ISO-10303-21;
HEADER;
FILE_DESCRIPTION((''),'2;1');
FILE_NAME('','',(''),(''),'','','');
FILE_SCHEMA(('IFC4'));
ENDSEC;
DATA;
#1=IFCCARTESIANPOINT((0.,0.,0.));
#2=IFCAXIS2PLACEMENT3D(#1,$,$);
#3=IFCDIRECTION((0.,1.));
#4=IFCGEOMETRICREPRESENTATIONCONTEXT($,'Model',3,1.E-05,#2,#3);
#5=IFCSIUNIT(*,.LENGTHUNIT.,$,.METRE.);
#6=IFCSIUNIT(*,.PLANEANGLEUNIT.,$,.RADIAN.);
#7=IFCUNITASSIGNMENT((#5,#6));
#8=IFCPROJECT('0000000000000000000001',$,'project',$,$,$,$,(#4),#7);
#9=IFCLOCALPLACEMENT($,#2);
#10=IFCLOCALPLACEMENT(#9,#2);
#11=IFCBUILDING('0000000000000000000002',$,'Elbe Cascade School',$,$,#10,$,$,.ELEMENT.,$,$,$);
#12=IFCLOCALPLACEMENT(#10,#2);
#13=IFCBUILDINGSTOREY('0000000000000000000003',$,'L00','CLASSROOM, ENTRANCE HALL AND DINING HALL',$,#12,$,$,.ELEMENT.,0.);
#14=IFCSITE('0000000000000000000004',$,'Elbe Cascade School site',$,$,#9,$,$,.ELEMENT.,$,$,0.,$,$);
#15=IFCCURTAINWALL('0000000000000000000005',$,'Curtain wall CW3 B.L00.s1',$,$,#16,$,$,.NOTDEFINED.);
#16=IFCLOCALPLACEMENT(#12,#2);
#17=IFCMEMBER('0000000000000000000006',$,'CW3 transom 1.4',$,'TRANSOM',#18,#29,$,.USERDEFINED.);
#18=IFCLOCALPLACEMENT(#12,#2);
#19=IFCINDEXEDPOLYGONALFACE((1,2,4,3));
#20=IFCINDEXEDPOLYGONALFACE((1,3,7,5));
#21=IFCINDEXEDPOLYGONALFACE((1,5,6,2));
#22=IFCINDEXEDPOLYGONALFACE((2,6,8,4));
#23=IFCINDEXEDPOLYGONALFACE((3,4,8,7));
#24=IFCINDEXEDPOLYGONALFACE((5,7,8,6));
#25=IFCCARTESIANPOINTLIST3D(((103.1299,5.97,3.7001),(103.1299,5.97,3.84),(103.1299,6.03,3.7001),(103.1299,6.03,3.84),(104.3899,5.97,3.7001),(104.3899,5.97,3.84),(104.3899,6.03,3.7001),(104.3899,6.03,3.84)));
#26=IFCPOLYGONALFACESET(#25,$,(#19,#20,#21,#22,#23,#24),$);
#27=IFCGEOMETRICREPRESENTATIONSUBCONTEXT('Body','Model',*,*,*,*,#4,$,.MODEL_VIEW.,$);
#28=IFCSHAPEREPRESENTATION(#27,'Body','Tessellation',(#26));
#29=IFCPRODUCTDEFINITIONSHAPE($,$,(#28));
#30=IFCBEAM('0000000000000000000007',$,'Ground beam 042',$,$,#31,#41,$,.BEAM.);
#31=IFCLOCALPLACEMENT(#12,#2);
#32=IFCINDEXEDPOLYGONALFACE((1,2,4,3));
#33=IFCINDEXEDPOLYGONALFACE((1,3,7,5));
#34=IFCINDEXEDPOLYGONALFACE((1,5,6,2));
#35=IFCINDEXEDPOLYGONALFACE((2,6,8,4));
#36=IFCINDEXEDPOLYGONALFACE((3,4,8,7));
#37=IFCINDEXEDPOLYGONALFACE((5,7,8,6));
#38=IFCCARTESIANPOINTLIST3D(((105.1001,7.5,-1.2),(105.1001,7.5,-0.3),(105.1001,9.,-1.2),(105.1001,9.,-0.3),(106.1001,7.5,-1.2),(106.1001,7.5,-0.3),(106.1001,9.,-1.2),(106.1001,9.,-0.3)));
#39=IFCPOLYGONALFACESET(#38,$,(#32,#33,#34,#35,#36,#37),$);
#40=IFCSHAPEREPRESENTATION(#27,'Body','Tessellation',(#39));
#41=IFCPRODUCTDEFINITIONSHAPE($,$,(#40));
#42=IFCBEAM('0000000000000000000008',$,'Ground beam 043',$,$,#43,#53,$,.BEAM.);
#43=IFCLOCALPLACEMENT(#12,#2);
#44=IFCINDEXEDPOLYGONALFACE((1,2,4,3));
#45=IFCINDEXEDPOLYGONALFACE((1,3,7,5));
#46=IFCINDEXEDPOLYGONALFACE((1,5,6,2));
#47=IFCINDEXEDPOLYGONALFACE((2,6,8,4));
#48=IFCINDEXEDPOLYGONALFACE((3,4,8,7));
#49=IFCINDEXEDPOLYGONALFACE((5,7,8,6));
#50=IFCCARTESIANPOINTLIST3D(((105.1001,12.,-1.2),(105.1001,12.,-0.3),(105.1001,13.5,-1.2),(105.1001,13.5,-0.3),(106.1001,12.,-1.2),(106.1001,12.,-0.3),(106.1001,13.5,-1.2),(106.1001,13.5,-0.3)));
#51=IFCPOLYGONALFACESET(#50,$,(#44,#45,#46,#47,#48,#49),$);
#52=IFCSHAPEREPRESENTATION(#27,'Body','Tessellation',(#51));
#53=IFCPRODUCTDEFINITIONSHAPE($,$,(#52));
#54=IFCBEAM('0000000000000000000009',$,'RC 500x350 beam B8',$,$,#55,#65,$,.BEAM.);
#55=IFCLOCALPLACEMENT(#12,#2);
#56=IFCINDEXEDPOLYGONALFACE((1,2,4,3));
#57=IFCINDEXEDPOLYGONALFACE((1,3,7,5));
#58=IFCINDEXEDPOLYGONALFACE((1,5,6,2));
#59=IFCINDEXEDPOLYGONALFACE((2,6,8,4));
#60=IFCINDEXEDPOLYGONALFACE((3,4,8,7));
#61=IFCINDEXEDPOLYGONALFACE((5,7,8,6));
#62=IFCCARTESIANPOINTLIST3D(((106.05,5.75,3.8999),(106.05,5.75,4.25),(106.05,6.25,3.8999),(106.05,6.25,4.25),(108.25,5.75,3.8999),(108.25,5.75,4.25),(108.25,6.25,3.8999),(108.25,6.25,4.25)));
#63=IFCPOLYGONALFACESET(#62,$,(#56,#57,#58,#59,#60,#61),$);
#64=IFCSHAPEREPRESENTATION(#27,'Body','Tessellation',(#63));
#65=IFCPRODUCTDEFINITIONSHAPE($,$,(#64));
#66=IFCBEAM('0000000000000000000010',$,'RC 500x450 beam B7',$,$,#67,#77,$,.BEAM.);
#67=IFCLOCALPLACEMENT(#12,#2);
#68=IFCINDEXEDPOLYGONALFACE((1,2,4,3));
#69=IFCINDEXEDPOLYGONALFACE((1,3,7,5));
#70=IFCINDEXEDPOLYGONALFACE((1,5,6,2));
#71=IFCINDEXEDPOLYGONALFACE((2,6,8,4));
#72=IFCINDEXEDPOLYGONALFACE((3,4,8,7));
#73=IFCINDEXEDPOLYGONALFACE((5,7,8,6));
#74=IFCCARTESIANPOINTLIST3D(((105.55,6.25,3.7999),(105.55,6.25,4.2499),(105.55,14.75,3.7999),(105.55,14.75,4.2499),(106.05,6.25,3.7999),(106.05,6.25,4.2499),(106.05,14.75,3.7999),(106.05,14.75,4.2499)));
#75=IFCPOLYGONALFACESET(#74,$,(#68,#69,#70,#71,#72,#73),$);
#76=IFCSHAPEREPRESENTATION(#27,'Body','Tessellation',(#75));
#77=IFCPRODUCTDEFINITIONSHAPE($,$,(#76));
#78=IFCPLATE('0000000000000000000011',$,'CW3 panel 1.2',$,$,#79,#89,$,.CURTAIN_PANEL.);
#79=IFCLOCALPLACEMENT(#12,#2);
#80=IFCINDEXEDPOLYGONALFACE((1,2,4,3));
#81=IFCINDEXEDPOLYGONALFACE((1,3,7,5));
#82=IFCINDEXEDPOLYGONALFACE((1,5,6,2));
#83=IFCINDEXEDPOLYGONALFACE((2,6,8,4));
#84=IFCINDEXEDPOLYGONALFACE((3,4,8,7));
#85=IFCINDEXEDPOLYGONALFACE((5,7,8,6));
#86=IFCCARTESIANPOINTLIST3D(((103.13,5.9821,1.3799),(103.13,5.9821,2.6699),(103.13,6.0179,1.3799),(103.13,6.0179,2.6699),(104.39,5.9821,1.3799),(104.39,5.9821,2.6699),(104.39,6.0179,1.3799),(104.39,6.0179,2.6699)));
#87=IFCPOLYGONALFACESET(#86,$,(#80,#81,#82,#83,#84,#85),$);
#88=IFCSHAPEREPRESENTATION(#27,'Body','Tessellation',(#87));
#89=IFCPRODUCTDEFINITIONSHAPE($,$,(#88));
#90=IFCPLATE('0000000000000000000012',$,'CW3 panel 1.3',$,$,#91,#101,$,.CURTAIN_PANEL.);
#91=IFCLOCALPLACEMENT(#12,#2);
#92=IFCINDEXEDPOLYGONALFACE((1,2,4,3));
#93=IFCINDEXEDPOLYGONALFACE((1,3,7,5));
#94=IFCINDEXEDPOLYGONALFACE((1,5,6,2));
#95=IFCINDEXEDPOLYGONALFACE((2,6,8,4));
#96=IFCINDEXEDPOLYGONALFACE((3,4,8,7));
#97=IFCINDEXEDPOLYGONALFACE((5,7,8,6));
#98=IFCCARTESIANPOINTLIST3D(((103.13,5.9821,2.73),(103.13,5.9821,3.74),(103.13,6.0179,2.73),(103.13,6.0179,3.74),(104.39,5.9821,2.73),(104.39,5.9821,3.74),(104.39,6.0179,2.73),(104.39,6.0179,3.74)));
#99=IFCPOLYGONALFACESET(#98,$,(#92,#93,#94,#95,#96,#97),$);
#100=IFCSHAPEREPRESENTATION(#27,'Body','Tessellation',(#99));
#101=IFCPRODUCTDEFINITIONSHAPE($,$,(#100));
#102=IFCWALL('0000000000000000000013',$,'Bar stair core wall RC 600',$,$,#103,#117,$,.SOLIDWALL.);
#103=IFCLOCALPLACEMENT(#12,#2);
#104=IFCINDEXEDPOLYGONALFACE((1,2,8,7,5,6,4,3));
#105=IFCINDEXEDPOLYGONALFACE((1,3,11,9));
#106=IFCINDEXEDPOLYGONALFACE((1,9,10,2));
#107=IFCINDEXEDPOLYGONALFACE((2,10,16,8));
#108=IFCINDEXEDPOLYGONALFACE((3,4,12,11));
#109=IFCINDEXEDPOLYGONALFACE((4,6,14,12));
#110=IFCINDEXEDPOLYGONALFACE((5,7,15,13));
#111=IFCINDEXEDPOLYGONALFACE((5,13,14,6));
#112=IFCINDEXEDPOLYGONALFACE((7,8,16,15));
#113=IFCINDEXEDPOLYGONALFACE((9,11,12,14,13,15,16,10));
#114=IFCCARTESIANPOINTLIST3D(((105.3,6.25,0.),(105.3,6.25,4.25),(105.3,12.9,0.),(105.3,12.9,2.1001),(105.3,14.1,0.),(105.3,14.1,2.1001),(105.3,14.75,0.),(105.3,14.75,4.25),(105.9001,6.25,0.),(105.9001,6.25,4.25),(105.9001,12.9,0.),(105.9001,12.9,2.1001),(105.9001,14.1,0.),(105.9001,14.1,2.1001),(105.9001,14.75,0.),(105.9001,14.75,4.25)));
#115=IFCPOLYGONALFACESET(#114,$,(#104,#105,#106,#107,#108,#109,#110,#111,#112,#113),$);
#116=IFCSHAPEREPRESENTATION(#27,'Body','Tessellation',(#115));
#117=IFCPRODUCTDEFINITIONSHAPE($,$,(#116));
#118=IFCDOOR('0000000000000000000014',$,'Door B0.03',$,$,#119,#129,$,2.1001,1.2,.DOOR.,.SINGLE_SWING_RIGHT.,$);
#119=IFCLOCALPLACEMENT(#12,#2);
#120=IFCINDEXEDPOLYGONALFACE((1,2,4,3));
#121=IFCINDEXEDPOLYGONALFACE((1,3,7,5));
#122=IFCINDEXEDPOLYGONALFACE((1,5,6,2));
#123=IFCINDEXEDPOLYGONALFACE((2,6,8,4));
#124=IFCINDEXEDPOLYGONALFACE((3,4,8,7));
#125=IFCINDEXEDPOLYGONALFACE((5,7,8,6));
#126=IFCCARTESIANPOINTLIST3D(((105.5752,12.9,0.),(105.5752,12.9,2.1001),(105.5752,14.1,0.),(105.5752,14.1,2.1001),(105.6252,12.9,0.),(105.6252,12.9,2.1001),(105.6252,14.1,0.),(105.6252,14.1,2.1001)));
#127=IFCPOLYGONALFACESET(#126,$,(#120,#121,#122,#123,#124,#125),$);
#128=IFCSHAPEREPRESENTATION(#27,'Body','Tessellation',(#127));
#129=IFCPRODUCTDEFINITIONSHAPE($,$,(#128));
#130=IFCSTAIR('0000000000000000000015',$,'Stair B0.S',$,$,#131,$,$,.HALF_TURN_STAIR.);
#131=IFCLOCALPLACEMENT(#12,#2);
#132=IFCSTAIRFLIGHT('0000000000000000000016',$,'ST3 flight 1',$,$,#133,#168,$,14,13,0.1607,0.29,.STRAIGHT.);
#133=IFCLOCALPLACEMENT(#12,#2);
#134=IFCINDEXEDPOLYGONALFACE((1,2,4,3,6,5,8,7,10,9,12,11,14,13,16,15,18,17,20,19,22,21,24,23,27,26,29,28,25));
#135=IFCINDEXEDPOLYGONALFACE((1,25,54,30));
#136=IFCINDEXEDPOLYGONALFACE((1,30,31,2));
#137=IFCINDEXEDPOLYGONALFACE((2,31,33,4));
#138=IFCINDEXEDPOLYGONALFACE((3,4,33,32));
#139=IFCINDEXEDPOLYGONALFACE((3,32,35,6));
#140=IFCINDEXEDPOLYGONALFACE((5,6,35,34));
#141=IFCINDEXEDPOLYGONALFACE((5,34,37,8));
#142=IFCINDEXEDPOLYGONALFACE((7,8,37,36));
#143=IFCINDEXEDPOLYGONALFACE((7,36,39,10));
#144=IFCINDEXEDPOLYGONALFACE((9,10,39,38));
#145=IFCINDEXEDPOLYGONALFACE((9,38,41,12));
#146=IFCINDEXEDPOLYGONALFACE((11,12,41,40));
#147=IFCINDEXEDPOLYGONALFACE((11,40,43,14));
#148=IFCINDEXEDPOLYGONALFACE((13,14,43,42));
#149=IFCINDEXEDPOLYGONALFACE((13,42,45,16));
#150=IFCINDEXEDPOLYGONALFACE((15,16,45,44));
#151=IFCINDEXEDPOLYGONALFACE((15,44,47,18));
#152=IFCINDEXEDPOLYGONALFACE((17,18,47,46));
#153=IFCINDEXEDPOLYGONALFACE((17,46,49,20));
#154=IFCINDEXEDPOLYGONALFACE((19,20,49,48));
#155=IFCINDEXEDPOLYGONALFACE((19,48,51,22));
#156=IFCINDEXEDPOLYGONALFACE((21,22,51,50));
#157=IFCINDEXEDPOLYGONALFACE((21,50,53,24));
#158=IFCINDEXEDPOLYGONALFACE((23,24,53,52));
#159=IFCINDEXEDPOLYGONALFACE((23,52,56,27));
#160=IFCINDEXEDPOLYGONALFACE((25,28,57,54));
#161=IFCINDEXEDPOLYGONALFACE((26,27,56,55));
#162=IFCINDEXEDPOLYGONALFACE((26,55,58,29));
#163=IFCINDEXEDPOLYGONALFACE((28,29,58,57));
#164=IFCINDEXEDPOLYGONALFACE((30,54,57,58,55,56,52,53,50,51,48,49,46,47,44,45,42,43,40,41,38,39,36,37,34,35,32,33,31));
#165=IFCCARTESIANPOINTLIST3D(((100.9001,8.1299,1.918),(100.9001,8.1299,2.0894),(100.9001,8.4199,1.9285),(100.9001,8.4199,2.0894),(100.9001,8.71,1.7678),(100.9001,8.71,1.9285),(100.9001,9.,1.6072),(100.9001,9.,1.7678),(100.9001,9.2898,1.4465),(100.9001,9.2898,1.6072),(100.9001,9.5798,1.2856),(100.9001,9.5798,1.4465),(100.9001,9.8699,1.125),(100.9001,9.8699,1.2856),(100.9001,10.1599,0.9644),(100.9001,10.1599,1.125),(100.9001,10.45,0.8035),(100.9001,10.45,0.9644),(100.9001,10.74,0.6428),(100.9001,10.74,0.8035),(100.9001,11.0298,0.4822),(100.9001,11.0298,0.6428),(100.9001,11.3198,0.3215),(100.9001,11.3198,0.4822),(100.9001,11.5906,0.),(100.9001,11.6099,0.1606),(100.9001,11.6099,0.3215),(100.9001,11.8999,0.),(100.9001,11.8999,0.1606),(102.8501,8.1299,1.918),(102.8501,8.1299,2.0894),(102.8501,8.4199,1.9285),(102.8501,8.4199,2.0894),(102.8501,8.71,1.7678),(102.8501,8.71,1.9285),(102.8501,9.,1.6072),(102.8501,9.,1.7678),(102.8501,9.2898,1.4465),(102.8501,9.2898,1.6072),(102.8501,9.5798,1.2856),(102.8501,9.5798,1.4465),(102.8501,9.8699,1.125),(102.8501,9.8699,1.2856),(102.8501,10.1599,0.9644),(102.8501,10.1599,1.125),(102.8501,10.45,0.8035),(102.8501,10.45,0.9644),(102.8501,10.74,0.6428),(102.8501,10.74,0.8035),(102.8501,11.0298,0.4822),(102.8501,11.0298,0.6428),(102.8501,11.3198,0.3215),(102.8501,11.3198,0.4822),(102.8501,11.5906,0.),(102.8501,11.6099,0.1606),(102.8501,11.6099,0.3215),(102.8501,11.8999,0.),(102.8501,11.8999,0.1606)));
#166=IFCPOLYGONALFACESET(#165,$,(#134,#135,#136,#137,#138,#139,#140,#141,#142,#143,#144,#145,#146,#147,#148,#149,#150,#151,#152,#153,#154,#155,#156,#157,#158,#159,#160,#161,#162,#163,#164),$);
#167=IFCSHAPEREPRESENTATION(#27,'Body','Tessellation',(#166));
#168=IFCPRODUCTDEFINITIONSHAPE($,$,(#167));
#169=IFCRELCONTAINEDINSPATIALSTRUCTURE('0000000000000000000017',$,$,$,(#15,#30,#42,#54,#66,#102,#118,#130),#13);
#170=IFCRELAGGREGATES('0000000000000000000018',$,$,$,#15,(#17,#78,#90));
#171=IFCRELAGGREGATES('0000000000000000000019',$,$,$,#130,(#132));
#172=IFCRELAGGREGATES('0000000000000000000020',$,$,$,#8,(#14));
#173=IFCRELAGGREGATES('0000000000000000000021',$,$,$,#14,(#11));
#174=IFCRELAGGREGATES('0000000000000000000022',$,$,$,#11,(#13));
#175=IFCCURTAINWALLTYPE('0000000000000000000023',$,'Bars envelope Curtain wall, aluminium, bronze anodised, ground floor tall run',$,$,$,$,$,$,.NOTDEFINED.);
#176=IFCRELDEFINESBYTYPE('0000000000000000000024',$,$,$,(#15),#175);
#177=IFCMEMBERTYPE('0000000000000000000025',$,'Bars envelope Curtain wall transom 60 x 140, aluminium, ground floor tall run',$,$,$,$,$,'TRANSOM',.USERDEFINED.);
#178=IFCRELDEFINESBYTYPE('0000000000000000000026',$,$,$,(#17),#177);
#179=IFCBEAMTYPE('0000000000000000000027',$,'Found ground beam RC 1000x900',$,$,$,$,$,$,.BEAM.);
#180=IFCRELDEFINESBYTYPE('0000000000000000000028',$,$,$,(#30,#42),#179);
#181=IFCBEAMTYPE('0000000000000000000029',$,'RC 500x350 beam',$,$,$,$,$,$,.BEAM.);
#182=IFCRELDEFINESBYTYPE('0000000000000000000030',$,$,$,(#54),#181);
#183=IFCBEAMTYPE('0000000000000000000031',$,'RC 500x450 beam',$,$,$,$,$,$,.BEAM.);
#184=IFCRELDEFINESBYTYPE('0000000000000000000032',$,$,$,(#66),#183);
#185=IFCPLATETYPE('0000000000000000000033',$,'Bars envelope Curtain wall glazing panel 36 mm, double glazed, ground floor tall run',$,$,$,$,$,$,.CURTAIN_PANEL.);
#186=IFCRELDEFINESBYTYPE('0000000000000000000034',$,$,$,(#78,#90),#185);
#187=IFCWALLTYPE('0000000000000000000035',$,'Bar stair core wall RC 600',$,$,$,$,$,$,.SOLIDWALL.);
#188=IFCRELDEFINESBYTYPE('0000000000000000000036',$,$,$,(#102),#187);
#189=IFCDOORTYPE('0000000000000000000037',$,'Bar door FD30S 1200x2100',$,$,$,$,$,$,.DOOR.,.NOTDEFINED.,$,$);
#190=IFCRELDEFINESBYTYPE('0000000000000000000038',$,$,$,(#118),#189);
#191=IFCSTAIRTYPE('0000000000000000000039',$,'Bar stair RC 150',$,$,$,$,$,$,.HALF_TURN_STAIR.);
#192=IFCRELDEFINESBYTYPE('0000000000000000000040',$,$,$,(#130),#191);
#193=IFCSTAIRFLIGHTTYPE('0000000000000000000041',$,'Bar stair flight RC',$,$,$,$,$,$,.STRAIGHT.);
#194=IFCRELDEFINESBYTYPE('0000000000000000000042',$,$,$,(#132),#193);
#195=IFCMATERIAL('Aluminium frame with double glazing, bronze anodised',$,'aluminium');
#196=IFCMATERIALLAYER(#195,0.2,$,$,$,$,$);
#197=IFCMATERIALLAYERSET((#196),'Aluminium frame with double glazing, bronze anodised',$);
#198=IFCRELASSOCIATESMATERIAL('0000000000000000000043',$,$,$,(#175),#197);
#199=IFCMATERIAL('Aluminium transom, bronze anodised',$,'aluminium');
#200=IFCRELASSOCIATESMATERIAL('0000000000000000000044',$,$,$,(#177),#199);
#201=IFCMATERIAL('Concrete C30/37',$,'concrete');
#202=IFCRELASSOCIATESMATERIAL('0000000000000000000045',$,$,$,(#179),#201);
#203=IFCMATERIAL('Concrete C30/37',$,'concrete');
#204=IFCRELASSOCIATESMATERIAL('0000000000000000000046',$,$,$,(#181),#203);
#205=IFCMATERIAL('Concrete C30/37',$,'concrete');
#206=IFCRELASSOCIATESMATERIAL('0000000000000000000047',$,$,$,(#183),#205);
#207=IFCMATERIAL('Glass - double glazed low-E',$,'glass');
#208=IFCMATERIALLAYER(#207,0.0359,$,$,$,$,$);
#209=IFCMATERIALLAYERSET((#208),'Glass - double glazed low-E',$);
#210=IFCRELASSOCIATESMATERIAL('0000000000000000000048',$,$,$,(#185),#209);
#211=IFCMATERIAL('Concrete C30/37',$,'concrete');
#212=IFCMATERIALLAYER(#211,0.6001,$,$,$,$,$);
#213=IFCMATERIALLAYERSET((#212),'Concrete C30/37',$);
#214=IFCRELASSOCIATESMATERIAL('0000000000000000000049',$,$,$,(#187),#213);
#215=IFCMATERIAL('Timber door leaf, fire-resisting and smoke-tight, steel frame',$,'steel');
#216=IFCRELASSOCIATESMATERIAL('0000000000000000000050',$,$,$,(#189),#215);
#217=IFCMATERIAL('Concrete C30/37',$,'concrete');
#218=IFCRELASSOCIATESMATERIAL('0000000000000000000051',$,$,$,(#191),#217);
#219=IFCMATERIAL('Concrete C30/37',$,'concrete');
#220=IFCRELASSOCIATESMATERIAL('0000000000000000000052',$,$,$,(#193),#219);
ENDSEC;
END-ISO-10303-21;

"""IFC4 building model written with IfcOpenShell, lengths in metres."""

from ifc_helpers import new_model, si_unit, direction, frame, frame_2d, origin, origin_2d, place, context, subcontext, project, spatial, polyline, rectangle, outline, extrude, material, layer, layer_set, material_profile, profile_set, type_object, element, fill, aggregate, save


model = new_model("IFC4")

# Units and contexts
model_context = context("Model", 3, precision=1e-05, world=origin(), true_north=direction((0.0, 1.0)))
body_context = subcontext(model_context, "Body", "Model", "MODEL_VIEW")
ifc_project = project(units=[si_unit("LENGTHUNIT", "METRE"), si_unit("PLANEANGLEUNIT", "RADIAN")], contexts=[model_context])

# Site, building, storey
site_placement = place(None, origin())
site = spatial("IfcSite", under=ifc_project, at=site_placement, Name="Elbe Cascade School site", CompositionType="ELEMENT", RefElevation=0.0)
building_placement = place(site_placement, origin())
building = spatial("IfcBuilding", under=site, at=building_placement, Name="Elbe Cascade School", CompositionType="ELEMENT")
storey_placement = place(building_placement, origin())
storey = spatial("IfcBuildingStorey", under=building, at=storey_placement, Name="L00", Description="CLASSROOM, ENTRANCE HALL AND DINING HALL", CompositionType="ELEMENT", Elevation=0.0)

# Curtain wall, member
ifc_material_1 = material(Name="Aluminium frame with double glazing, bronze anodised", Category="aluminium")
ifc_layer_1 = layer(ifc_material_1, 0.2)
ifc_layer_set_1 = layer_set([ifc_layer_1], Name="Aluminium frame with double glazing, bronze anodised")
curtain_wall_type = type_object("IfcCurtainWallType", Name="Bars envelope Curtain wall, aluminium, bronze anodised, ground floor tall run", PredefinedType="NOTDEFINED", material=ifc_layer_set_1)
curtain_wall_placement = place(storey_placement, origin())
curtain_wall = element("IfcCurtainWall", 1, at=curtain_wall_placement, inside=storey, type_object=curtain_wall_type, Name="Curtain wall CW3 B.L00.s1", PredefinedType="NOTDEFINED")
ifc_material_2 = material(Name="Aluminium transom, bronze anodised", Category="aluminium")
ifc_material_profile_1 = material_profile(ifc_material_2, rectangle(XDim=0.0601, YDim=0.1399, at=origin_2d()), Name="Bars envelope Curtain wall transom 60 x 140, aluminium, ground floor tall run")
ifc_profile_set_1 = profile_set([ifc_material_profile_1], Name="Aluminium transom, bronze anodised")
member_type_1 = type_object("IfcMemberType", Name="Bars envelope Curtain wall transom 60 x 140, aluminium, ground floor tall run", ElementType="TRANSOM", PredefinedType="USERDEFINED", material=ifc_profile_set_1)
member_1_placement = place(storey_placement, frame((104.3899, 6.0, 3.77), z_axis=(-1.0, 0.0, 0.0), x_axis=(0.0, -1.0, 0.0)))
member_1 = element("IfcMember", 2, at=member_1_placement, type_object=member_type_1, Name="CW3 transom 1.4", ObjectType="TRANSOM", PredefinedType="USERDEFINED", context=body_context, shape_type="SweptSolid", body=[
    extrude(rectangle(XDim=0.0601, YDim=0.1399, at=origin_2d()), origin(), (0.0, 0.0, 1.0), 1.26),
])

# Beams
ifc_material_3 = material(Name="Concrete C30/37", Category="concrete")
ifc_material_profile_2 = material_profile(ifc_material_3, rectangle(XDim=1.0, YDim=0.8999, at=origin_2d()), Name="RC 1000x900")
ifc_profile_set_2 = profile_set([ifc_material_profile_2], Name="Concrete C30/37")
beam_type_1 = type_object("IfcBeamType", Name="Found ground beam RC 1000x900", PredefinedType="BEAM", material=ifc_profile_set_2)
for number, where, z_axis, x_axis, name in (
    (3, (105.6001, 7.5, -0.75), (0.0, 1.0, 0.0), (-1.0, 0.0, 0.0), "Ground beam 042"),
    (4, (105.6001, 12.0, -0.75), (0.0, 1.0, 0.0), (-1.0, 0.0, 0.0), "Ground beam 043"),
):
    element("IfcBeam", number, at=place(storey_placement, frame(where, z_axis=z_axis, x_axis=x_axis)), inside=storey, type_object=beam_type_1, Name=name, PredefinedType="BEAM", context=body_context, shape_type="SweptSolid", body=[
        extrude(rectangle(XDim=1.0, YDim=0.8999, at=origin_2d()), origin(), (0.0, 0.0, 1.0), 1.5),
    ])
ifc_material_4 = material(Name="Concrete C30/37", Category="concrete")
ifc_material_profile_3 = material_profile(ifc_material_4, rectangle(XDim=0.5, YDim=0.3501, at=origin_2d()), Name="RC 500x350")
ifc_profile_set_3 = profile_set([ifc_material_profile_3], Name="Concrete C30/37")
beam_type_2 = type_object("IfcBeamType", Name="RC 500x350 beam", PredefinedType="BEAM", material=ifc_profile_set_3)
beam_1_placement = place(storey_placement, frame((106.05, 6.0, 4.075), z_axis=(1.0, 0.0, 0.0), x_axis=(0.0, 1.0, 0.0)))
element("IfcBeam", 5, at=beam_1_placement, inside=storey, type_object=beam_type_2, Name="RC 500x350 beam B8", PredefinedType="BEAM", context=body_context, shape_type="SweptSolid", body=[
    extrude(rectangle(XDim=0.5, YDim=0.3501, at=origin_2d()), origin(), (0.0, 0.0, 1.0), 2.2),
])
ifc_material_5 = material(Name="Concrete C30/37", Category="concrete")
ifc_material_profile_4 = material_profile(ifc_material_5, rectangle(XDim=0.5, YDim=0.45, at=origin_2d()), Name="RC 500x450")
ifc_profile_set_4 = profile_set([ifc_material_profile_4], Name="Concrete C30/37")
beam_type_3 = type_object("IfcBeamType", Name="RC 500x450 beam", PredefinedType="BEAM", material=ifc_profile_set_4)
beam_2_placement = place(storey_placement, frame((105.8, 6.25, 4.0249), z_axis=(0.0, 1.0, 0.0), x_axis=(-1.0, 0.0, 0.0)))
element("IfcBeam", 6, at=beam_2_placement, inside=storey, type_object=beam_type_3, Name="RC 500x450 beam B7", PredefinedType="BEAM", context=body_context, shape_type="SweptSolid", body=[
    extrude(rectangle(XDim=0.5, YDim=0.45, at=origin_2d()), origin(), (0.0, 0.0, 1.0), 8.5),
])

# Plates
ifc_material_6 = material(Name="Glass - double glazed low-E", Category="glass")
ifc_layer_2 = layer(ifc_material_6, 0.0359)
ifc_layer_set_2 = layer_set([ifc_layer_2], Name="Glass - double glazed low-E")
plate_type = type_object("IfcPlateType", Name="Bars envelope Curtain wall glazing panel 36 mm, double glazed, ground floor tall run", PredefinedType="CURTAIN_PANEL", material=ifc_layer_set_2)
plate_1_placement = place(storey_placement, frame((103.76, 6.0, 1.3799), z_axis=(0.0, 0.0, 1.0), x_axis=(-1.0, 0.0, 0.0)))
plate_1 = element("IfcPlate", 7, at=plate_1_placement, type_object=plate_type, Name="CW3 panel 1.2", PredefinedType="CURTAIN_PANEL", context=body_context, shape_type="SweptSolid", body=[
    extrude(rectangle(XDim=1.26, YDim=0.0359, at=origin_2d()), origin(), (0.0, 0.0, 1.0), 1.29),
])
plate_2_placement = place(storey_placement, frame((103.76, 6.0, 2.73), z_axis=(0.0, 0.0, 1.0), x_axis=(-1.0, 0.0, 0.0)))
plate_2 = element("IfcPlate", 8, at=plate_2_placement, type_object=plate_type, Name="CW3 panel 1.3", PredefinedType="CURTAIN_PANEL", context=body_context, shape_type="SweptSolid", body=[
    extrude(rectangle(XDim=1.26, YDim=0.0359, at=origin_2d()), origin(), (0.0, 0.0, 1.0), 1.01),
])
aggregate(curtain_wall, [member_1, plate_1, plate_2])

# Wall, opening, door
ifc_material_7 = material(Name="Concrete C30/37", Category="concrete")
ifc_layer_3 = layer(ifc_material_7, 0.6001)
ifc_layer_set_3 = layer_set([ifc_layer_3], Name="Concrete C30/37")
wall_type = type_object("IfcWallType", Name="Bar stair core wall RC 600", PredefinedType="SOLIDWALL", material=ifc_layer_set_3)
wall_placement = place(storey_placement, frame((105.6001, 6.25, 0.0), z_axis=(0.0, 0.0, 1.0), x_axis=(0.0, 1.0, 0.0)))
wall = element("IfcWall", 9, at=wall_placement, inside=storey, type_object=wall_type, Name="Bar stair core wall RC 600", PredefinedType="SOLIDWALL", context=body_context, shape_type="SweptSolid", body=[
    extrude(rectangle(XDim=8.5, YDim=0.6001, at=frame_2d((4.25, 0.0))), origin(), (0.0, 0.0, 1.0), 4.25),
])
opening_placement = place(wall_placement, frame((6.6499, 0.0, 0.0)))
opening = element("IfcOpeningElement", 10, at=opening_placement, cuts=wall, PredefinedType="OPENING", context=body_context, shape_type="SweptSolid", body=[
    extrude(rectangle(XDim=1.2, YDim=2.1001, at=frame_2d((0.6001, 1.05))), frame((0.0, 0.3101, 0.0), z_axis=(0.0, -1.0, 0.0), x_axis=(1.0, 0.0, 0.0)), (0.0, 0.0, 1.0), 0.6201),
])
ifc_material_8 = material(Name="Timber door leaf, fire-resisting and smoke-tight, steel frame", Category="steel")
door_type = type_object("IfcDoorType", Name="Bar door FD30S 1200x2100", OperationType="NOTDEFINED", PredefinedType="DOOR", material=ifc_material_8)
door_placement = place(opening_placement, origin())
door = element("IfcDoor", 11, at=door_placement, inside=storey, type_object=door_type, Name="Door B0.03", OperationType="SINGLE_SWING_RIGHT", OverallHeight=2.1001, OverallWidth=1.2, PredefinedType="DOOR", context=body_context, shape_type="SweptSolid", body=[
    extrude(rectangle(XDim=1.2, YDim=2.1001, at=frame_2d((0.6001, 1.05))), frame((0.0, 0.0249, 0.0), z_axis=(0.0, -1.0, 0.0), x_axis=(1.0, 0.0, 0.0)), (0.0, 0.0, 1.0), 0.05),
])
fill(opening, door)

# Stair, stair flight
ifc_material_9 = material(Name="Concrete C30/37", Category="concrete")
stair_type = type_object("IfcStairType", Name="Bar stair RC 150", PredefinedType="HALF_TURN_STAIR", material=ifc_material_9)
stair_placement = place(storey_placement, origin())
stair = element("IfcStair", 12, at=stair_placement, inside=storey, type_object=stair_type, Name="Stair B0.S", PredefinedType="HALF_TURN_STAIR")
ifc_material_10 = material(Name="Concrete C30/37", Category="concrete")
stair_flight_type = type_object("IfcStairFlightType", Name="Bar stair flight RC", PredefinedType="STRAIGHT", material=ifc_material_10)
stair_flight_1_placement = place(storey_placement, frame((101.875, 11.8999, 0.0), z_axis=(0.0, 0.0, 1.0), x_axis=(0.0, -1.0, 0.0)))
stair_flight_1 = element("IfcStairFlight", 13, at=stair_flight_1_placement, type_object=stair_flight_type, Name="ST3 flight 1", NumberOfRisers=14, NumberOfTreads=13, PredefinedType="STRAIGHT", RiserHeight=0.1607, TreadLength=0.29, context=body_context, shape_type="SweptSolid", body=[
    extrude(outline(polyline([(0.0, 0.0), (0.0, 0.1606), (0.29, 0.1606), (0.29, 0.3215), (0.5801, 0.3215), (0.5801, 0.4822), (0.8701, 0.4822), (0.8701, 0.6428), (1.1599, 0.6428), (1.1599, 0.8035), (1.45, 0.8035), (1.45, 0.9644), (1.74, 0.9644), (1.74, 1.125), (2.03, 1.125), (2.03, 1.2856), (2.3201, 1.2856), (2.3201, 1.4465), (2.6101, 1.4465), (2.6101, 1.6072), (2.8999, 1.6072), (2.8999, 1.7678), (3.1899, 1.7678), (3.1899, 1.9285), (3.48, 1.9285), (3.48, 2.0894), (3.77, 2.0894), (3.77, 2.25), (3.77, 1.918), (0.3093, 0.0), (0.0, 0.0)])), frame((0.0, 0.9751, 0.0), z_axis=(0.0, -1.0, 0.0), x_axis=(1.0, 0.0, 0.0)), (0.0, 0.0, 1.0), 1.95),
])
aggregate(stair, [stair_flight_1])

save(model, "model.ifc")
